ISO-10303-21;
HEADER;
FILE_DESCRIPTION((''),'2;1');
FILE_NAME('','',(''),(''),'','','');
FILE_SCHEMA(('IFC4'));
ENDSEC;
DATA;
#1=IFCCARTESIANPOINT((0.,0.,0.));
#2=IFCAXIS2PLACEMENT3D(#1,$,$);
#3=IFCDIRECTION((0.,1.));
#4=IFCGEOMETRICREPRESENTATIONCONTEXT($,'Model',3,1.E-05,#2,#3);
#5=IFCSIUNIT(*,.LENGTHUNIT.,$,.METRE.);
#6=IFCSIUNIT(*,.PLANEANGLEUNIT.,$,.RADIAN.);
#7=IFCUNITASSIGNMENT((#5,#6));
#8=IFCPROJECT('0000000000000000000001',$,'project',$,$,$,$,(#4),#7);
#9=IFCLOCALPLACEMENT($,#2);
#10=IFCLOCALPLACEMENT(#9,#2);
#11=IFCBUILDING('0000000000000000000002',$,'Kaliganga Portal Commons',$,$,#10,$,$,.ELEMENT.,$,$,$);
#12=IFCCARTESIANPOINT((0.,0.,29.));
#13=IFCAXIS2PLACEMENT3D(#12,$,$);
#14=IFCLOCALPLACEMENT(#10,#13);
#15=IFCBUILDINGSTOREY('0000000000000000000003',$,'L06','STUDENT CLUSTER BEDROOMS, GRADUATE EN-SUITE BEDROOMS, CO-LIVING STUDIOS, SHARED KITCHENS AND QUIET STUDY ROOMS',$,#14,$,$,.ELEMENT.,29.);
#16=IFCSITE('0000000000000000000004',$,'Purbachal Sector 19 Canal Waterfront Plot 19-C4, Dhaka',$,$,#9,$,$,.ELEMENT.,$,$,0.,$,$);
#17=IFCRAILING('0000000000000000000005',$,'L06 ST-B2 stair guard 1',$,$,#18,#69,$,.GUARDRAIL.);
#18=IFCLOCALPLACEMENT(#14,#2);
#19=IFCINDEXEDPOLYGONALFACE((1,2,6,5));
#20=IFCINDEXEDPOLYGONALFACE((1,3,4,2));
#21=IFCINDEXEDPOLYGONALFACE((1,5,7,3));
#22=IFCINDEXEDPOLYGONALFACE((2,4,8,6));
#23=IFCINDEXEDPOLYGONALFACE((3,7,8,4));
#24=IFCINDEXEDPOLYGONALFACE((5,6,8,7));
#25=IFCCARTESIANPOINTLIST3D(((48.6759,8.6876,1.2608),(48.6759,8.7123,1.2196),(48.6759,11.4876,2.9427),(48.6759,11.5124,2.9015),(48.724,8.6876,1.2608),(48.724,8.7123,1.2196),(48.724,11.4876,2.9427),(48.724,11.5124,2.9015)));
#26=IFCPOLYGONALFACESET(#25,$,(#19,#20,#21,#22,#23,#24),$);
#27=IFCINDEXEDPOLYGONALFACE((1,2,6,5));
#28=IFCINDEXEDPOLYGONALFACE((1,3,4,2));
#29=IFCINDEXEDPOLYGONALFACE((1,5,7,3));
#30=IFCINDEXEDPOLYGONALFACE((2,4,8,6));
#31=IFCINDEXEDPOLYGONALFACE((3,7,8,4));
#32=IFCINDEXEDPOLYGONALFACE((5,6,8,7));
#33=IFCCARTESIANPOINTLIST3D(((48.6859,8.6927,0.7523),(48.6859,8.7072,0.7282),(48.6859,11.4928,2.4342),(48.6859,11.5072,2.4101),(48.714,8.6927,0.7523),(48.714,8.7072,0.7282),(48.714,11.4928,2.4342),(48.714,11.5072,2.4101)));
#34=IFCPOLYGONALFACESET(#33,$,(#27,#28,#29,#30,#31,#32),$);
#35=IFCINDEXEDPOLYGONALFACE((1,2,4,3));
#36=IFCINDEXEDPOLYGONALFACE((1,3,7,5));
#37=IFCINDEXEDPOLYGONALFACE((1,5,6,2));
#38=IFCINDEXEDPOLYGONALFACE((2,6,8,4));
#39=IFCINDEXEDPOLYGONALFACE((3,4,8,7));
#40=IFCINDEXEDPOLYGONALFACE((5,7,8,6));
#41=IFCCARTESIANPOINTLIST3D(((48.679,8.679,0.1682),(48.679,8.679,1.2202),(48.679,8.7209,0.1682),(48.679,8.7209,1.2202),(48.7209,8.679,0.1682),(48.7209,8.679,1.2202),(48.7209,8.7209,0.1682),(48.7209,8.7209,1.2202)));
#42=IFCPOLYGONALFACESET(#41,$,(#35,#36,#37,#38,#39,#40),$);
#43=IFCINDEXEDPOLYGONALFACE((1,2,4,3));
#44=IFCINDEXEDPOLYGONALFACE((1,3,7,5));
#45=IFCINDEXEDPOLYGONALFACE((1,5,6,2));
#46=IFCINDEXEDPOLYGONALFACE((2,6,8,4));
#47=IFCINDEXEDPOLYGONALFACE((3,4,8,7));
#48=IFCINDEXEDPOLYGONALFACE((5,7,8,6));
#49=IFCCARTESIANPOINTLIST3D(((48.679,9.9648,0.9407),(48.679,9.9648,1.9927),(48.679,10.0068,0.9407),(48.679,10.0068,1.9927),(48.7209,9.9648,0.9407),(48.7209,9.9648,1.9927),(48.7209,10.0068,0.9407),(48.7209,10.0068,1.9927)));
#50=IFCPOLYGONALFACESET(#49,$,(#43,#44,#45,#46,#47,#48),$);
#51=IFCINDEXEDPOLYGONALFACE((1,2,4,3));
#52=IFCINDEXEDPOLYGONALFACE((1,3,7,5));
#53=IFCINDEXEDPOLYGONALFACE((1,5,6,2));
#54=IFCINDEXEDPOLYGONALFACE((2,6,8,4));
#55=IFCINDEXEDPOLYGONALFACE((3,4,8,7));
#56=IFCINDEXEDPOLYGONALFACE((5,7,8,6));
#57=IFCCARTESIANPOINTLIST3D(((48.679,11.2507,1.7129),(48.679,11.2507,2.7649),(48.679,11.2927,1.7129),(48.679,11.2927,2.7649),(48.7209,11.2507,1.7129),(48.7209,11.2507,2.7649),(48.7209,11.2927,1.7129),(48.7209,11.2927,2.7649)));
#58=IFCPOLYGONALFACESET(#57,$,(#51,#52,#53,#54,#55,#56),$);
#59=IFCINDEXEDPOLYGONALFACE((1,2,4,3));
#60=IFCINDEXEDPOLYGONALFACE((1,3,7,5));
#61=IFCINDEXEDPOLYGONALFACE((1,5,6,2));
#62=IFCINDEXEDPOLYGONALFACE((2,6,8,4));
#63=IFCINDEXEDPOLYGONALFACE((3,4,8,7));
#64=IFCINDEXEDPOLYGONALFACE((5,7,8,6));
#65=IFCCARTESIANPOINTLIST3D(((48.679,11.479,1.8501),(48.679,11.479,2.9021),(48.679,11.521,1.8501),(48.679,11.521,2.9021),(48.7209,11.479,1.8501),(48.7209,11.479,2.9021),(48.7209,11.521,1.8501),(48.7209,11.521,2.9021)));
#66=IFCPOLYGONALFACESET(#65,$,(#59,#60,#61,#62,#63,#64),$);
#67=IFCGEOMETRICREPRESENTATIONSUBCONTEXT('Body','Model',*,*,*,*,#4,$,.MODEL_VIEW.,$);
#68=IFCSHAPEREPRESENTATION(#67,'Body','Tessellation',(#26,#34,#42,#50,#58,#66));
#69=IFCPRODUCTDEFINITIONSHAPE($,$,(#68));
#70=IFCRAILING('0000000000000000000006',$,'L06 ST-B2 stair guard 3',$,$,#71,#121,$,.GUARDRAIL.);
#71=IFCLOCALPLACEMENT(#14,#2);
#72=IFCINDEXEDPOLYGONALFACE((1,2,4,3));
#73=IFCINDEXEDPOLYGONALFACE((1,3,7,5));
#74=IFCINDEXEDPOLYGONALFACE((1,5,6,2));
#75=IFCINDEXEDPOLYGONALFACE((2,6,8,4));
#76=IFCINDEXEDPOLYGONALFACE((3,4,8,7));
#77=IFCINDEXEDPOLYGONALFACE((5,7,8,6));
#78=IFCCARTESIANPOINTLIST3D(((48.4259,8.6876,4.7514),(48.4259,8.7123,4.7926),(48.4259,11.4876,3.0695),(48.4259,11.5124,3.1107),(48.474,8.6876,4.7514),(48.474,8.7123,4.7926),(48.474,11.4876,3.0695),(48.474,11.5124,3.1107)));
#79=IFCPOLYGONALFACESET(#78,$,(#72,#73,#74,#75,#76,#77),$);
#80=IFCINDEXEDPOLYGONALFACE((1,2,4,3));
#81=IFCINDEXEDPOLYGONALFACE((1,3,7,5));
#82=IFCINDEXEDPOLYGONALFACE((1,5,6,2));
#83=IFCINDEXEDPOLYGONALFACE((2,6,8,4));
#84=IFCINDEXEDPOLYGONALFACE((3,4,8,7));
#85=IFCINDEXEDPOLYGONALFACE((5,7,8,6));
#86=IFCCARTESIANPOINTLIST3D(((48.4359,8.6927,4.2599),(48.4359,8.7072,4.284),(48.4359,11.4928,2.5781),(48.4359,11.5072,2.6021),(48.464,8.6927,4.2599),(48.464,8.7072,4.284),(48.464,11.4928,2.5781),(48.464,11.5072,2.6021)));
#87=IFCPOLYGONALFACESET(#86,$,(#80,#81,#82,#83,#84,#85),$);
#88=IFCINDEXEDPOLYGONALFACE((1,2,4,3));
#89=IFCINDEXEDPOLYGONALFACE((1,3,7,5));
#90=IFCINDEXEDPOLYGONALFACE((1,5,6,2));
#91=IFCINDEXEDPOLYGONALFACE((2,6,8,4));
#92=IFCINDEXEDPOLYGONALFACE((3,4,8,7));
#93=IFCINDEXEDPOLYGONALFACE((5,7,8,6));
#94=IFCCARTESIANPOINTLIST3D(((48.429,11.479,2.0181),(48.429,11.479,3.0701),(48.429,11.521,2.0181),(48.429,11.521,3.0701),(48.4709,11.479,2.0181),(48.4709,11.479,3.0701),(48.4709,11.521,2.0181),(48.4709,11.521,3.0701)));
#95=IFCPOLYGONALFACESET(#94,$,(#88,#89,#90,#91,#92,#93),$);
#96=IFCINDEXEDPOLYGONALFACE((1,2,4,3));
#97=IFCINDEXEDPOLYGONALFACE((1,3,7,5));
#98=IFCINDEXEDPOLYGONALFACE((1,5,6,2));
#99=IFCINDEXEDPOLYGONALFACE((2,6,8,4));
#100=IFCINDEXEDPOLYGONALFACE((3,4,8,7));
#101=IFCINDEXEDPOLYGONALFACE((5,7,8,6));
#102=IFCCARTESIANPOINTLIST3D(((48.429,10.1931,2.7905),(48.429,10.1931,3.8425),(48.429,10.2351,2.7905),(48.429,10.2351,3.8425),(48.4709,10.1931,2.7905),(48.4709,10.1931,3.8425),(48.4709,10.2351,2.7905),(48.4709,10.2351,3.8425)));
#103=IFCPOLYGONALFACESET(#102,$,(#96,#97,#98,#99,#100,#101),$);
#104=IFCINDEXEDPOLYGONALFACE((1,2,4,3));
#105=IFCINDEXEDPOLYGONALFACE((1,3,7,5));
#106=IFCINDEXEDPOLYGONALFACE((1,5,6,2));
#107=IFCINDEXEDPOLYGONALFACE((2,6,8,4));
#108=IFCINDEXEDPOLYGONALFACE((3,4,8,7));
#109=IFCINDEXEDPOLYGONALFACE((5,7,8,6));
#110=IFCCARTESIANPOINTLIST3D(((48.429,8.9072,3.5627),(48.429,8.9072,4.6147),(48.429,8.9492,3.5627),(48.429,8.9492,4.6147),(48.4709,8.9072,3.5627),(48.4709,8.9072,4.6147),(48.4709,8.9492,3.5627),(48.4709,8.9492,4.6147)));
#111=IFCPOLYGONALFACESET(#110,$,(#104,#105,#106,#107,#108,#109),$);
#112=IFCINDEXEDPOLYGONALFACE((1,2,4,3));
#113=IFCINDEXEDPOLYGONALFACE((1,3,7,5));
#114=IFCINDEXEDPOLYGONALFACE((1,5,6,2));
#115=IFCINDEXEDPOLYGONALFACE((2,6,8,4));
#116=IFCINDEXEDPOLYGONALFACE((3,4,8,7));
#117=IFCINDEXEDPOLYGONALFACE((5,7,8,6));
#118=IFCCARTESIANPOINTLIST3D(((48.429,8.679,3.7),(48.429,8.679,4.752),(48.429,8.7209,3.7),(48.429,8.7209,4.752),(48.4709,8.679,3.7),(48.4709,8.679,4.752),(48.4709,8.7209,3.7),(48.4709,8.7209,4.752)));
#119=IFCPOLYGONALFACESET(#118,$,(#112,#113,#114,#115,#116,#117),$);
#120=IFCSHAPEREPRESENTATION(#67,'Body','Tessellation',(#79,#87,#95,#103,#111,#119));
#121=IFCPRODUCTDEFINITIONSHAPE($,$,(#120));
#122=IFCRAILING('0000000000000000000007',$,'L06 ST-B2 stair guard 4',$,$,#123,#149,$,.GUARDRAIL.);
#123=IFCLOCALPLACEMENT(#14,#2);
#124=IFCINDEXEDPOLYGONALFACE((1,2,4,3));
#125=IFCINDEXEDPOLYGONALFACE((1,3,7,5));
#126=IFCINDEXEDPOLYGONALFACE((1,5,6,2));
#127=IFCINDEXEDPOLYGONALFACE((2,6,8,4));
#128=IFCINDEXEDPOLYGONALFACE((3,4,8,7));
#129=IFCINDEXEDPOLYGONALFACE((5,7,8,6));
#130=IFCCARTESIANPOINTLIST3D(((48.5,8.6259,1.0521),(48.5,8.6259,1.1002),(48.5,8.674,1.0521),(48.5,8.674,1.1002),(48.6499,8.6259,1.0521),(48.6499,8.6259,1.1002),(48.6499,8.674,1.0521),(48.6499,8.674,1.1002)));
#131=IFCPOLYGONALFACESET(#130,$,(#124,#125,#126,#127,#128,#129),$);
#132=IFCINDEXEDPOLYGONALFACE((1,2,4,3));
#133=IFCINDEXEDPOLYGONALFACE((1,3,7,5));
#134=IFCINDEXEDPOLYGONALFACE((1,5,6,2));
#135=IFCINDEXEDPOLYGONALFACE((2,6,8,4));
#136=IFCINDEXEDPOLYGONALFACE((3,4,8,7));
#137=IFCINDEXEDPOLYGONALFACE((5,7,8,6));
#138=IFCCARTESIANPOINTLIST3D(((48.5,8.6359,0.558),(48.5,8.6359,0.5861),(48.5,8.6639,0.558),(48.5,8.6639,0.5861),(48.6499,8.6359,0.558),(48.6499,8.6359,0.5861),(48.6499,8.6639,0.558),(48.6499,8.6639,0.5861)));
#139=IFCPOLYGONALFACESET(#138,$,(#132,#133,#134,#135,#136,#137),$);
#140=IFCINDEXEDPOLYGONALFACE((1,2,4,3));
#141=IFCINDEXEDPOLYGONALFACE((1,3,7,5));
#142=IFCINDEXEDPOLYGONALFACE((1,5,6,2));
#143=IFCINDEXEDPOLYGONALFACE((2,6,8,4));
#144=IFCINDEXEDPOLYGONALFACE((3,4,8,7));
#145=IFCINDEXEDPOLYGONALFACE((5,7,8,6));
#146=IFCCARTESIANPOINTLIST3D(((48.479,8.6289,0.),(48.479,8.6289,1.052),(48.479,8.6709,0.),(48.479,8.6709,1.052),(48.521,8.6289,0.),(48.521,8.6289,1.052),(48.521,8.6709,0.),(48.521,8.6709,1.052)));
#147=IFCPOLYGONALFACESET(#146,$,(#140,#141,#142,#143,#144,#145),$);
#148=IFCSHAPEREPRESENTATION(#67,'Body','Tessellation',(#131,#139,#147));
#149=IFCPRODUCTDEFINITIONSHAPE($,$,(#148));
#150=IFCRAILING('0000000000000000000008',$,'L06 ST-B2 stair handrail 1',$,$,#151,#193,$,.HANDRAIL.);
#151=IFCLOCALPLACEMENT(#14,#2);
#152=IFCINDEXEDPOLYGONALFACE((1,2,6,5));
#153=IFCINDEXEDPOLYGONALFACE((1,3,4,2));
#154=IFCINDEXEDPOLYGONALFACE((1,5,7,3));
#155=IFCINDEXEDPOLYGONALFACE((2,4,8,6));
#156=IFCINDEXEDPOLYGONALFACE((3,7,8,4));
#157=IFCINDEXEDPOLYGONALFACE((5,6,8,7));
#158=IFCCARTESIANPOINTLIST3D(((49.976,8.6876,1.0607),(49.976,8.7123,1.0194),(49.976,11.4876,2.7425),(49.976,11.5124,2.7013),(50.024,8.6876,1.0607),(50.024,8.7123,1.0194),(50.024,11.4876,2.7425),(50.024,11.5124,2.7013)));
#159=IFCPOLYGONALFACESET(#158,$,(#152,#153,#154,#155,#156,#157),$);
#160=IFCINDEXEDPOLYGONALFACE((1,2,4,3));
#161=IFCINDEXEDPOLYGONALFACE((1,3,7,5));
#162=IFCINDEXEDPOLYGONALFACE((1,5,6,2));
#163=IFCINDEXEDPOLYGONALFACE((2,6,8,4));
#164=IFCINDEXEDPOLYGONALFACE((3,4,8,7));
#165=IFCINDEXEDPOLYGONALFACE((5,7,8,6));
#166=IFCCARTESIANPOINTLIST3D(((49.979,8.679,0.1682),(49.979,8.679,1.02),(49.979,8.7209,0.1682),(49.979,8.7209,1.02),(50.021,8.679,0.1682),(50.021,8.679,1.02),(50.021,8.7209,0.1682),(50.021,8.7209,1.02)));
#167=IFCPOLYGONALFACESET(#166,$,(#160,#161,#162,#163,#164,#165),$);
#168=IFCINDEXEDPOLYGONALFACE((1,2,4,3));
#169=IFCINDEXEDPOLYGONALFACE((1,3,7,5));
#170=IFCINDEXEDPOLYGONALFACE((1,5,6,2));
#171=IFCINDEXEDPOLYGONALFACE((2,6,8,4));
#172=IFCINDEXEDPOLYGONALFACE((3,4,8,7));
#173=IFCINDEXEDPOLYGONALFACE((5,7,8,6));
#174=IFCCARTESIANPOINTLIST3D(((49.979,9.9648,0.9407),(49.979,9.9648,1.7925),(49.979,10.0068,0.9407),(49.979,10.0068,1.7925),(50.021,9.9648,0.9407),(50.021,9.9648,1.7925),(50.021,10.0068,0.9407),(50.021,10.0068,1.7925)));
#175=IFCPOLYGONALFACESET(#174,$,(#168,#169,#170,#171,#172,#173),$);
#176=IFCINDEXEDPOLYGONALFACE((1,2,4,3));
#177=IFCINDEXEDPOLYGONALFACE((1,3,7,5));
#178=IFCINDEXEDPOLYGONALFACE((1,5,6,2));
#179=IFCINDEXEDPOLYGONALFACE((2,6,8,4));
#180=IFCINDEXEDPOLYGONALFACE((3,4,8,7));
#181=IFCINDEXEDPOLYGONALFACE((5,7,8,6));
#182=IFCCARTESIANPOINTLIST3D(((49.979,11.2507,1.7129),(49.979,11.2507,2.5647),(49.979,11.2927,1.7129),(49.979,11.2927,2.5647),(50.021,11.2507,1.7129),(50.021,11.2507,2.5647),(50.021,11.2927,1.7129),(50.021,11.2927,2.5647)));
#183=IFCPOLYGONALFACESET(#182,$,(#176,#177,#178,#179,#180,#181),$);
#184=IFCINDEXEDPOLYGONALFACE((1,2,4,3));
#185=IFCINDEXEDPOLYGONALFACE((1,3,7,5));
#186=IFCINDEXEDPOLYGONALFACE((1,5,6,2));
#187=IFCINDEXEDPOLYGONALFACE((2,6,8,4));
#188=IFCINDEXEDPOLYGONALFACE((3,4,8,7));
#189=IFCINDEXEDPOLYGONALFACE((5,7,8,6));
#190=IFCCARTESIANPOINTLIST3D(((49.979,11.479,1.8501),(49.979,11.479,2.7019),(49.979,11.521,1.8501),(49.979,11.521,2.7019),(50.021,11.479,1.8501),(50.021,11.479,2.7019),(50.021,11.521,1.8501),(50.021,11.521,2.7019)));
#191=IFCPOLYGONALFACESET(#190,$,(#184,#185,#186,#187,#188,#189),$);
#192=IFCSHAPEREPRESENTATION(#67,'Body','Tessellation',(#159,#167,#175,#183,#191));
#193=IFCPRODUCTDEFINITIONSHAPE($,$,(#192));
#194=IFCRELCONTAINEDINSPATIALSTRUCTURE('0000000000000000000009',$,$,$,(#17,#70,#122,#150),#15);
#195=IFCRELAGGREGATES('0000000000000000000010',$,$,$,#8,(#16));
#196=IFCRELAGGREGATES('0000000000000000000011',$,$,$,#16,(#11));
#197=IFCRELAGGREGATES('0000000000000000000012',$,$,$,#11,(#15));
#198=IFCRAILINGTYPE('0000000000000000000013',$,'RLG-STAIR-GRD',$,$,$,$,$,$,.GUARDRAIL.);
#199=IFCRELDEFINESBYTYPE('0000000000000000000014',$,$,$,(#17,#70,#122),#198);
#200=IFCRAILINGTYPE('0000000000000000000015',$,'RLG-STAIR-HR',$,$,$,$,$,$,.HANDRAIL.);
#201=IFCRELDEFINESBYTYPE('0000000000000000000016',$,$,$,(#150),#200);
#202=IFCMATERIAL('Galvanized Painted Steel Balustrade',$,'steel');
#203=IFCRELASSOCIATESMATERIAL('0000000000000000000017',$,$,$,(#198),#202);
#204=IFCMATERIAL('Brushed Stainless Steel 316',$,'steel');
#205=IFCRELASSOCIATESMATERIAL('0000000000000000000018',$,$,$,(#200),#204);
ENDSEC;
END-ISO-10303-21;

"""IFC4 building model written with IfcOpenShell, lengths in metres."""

from ifc_helpers import new_model, si_unit, direction, frame, origin, origin_2d, place, context, subcontext, project, spatial, rectangle, extrude, material, type_object, element, save


model = new_model("IFC4")

# Units and contexts
model_context = context("Model", 3, precision=1e-05, world=origin(), true_north=direction((0.0, 1.0)))
body_context = subcontext(model_context, "Body", "Model", "MODEL_VIEW")
ifc_project = project(units=[si_unit("LENGTHUNIT", "METRE"), si_unit("PLANEANGLEUNIT", "RADIAN")], contexts=[model_context])

# Site, building, storey
site_placement = place(None, origin())
site = spatial("IfcSite", under=ifc_project, at=site_placement, Name="Purbachal Sector 19 Canal Waterfront Plot 19-C4, Dhaka", CompositionType="ELEMENT", RefElevation=0.0)
building_placement = place(site_placement, origin())
building = spatial("IfcBuilding", under=site, at=building_placement, Name="Kaliganga Portal Commons", CompositionType="ELEMENT")
storey_placement = place(building_placement, frame((0.0, 0.0, 29.0)))
storey = spatial("IfcBuildingStorey", under=building, at=storey_placement, Name="L06", Description="STUDENT CLUSTER BEDROOMS, GRADUATE EN-SUITE BEDROOMS, CO-LIVING STUDIOS, SHARED KITCHENS AND QUIET STUDY ROOMS", CompositionType="ELEMENT", Elevation=29.0)

# Railings
ifc_material_1 = material(Name="Galvanized Painted Steel Balustrade", Category="steel")
railing_type_1 = type_object("IfcRailingType", Name="RLG-STAIR-GRD", PredefinedType="GUARDRAIL", material=ifc_material_1)
railing_1_placement = place(storey_placement, frame((48.7, 8.7, 0.1682)))
element("IfcRailing", 1, at=railing_1_placement, inside=storey, type_object=railing_type_1, Name="L06 ST-B2 stair guard 1", PredefinedType="GUARDRAIL", context=body_context, shape_type="SweptSolid", body=[
    extrude(rectangle(XDim=0.0481, YDim=0.0481, at=origin_2d()), frame((0.0, 0.0, 1.072), z_axis=(0.0, 0.857242, 0.514913), x_axis=(-1.0, 0.0, 0.0)), (0.0, 0.0, 1.0), 3.2664),
    extrude(rectangle(XDim=0.0281, YDim=0.0281, at=origin_2d()), frame((0.0, 0.0, 0.572), z_axis=(0.0, 0.857242, 0.514913), x_axis=(-1.0, 0.0, 0.0)), (0.0, 0.0, 1.0), 3.2664),
    extrude(rectangle(XDim=0.042, YDim=0.042, at=origin_2d()), origin(), (0.0, 0.0, 1.0), 1.052),
    extrude(rectangle(XDim=0.042, YDim=0.042, at=origin_2d()), frame((0.0, 1.2859, 0.7725)), (0.0, 0.0, 1.0), 1.052),
    extrude(rectangle(XDim=0.042, YDim=0.042, at=origin_2d()), frame((0.0, 2.5718, 1.5447)), (0.0, 0.0, 1.0), 1.052),
    extrude(rectangle(XDim=0.042, YDim=0.042, at=origin_2d()), frame((0.0, 2.8, 1.6819)), (0.0, 0.0, 1.0), 1.052),
])
railing_2_placement = place(storey_placement, frame((48.45, 11.5, 2.0181)))
element("IfcRailing", 2, at=railing_2_placement, inside=storey, type_object=railing_type_1, Name="L06 ST-B2 stair guard 3", PredefinedType="GUARDRAIL", context=body_context, shape_type="SweptSolid", body=[
    extrude(rectangle(XDim=0.0481, YDim=0.0481, at=origin_2d()), frame((0.0, 0.0, 1.072), z_axis=(0.0, -0.857242, 0.514913), x_axis=(1.0, 0.0, 0.0)), (0.0, 0.0, 1.0), 3.2664),
    extrude(rectangle(XDim=0.0281, YDim=0.0281, at=origin_2d()), frame((0.0, 0.0, 0.572), z_axis=(0.0, -0.857242, 0.514913), x_axis=(1.0, 0.0, 0.0)), (0.0, 0.0, 1.0), 3.2664),
    extrude(rectangle(XDim=0.042, YDim=0.042, at=origin_2d()), origin(), (0.0, 0.0, 1.0), 1.052),
    extrude(rectangle(XDim=0.042, YDim=0.042, at=origin_2d()), frame((0.0, -1.2859, 0.7725)), (0.0, 0.0, 1.0), 1.052),
    extrude(rectangle(XDim=0.042, YDim=0.042, at=origin_2d()), frame((0.0, -2.5718, 1.5447)), (0.0, 0.0, 1.0), 1.052),
    extrude(rectangle(XDim=0.042, YDim=0.042, at=origin_2d()), frame((0.0, -2.8, 1.6819)), (0.0, 0.0, 1.0), 1.052),
])
railing_3_placement = place(storey_placement, frame((48.6499, 8.6499, 0.0)))
element("IfcRailing", 3, at=railing_3_placement, inside=storey, type_object=railing_type_1, Name="L06 ST-B2 stair guard 4", PredefinedType="GUARDRAIL", context=body_context, shape_type="SweptSolid", body=[
    extrude(rectangle(XDim=0.0481, YDim=0.0481, at=origin_2d()), frame((0.0, 0.0, 1.0762), z_axis=(-1.0, 0.0, 0.0), x_axis=(0.0, -1.0, 0.0)), (0.0, 0.0, 1.0), 0.1499),
    extrude(rectangle(XDim=0.0281, YDim=0.0281, at=origin_2d()), frame((0.0, 0.0, 0.572), z_axis=(-1.0, 0.0, 0.0), x_axis=(0.0, -1.0, 0.0)), (0.0, 0.0, 1.0), 0.1499),
    extrude(rectangle(XDim=0.042, YDim=0.042, at=origin_2d()), frame((-0.1499, 0.0, 0.0)), (0.0, 0.0, 1.0), 1.052),
])
ifc_material_2 = material(Name="Brushed Stainless Steel 316", Category="steel")
railing_type_2 = type_object("IfcRailingType", Name="RLG-STAIR-HR", PredefinedType="HANDRAIL", material=ifc_material_2)
railing_4_placement = place(storey_placement, frame((50.0, 8.7, 0.1682)))
element("IfcRailing", 4, at=railing_4_placement, inside=storey, type_object=railing_type_2, Name="L06 ST-B2 stair handrail 1", PredefinedType="HANDRAIL", context=body_context, shape_type="SweptSolid", body=[
    extrude(rectangle(XDim=0.0481, YDim=0.0481, at=origin_2d()), frame((0.0, 0.0, 0.8718), z_axis=(0.0, 0.857242, 0.514913), x_axis=(-1.0, 0.0, 0.0)), (0.0, 0.0, 1.0), 3.2664),
    extrude(rectangle(XDim=0.042, YDim=0.042, at=origin_2d()), origin(), (0.0, 0.0, 1.0), 0.8518),
    extrude(rectangle(XDim=0.042, YDim=0.042, at=origin_2d()), frame((0.0, 1.2859, 0.7725)), (0.0, 0.0, 1.0), 0.8518),
    extrude(rectangle(XDim=0.042, YDim=0.042, at=origin_2d()), frame((0.0, 2.5718, 1.5447)), (0.0, 0.0, 1.0), 0.8518),
    extrude(rectangle(XDim=0.042, YDim=0.042, at=origin_2d()), frame((0.0, 2.8, 1.6819)), (0.0, 0.0, 1.0), 0.8518),
])

save(model, "model.ifc")
